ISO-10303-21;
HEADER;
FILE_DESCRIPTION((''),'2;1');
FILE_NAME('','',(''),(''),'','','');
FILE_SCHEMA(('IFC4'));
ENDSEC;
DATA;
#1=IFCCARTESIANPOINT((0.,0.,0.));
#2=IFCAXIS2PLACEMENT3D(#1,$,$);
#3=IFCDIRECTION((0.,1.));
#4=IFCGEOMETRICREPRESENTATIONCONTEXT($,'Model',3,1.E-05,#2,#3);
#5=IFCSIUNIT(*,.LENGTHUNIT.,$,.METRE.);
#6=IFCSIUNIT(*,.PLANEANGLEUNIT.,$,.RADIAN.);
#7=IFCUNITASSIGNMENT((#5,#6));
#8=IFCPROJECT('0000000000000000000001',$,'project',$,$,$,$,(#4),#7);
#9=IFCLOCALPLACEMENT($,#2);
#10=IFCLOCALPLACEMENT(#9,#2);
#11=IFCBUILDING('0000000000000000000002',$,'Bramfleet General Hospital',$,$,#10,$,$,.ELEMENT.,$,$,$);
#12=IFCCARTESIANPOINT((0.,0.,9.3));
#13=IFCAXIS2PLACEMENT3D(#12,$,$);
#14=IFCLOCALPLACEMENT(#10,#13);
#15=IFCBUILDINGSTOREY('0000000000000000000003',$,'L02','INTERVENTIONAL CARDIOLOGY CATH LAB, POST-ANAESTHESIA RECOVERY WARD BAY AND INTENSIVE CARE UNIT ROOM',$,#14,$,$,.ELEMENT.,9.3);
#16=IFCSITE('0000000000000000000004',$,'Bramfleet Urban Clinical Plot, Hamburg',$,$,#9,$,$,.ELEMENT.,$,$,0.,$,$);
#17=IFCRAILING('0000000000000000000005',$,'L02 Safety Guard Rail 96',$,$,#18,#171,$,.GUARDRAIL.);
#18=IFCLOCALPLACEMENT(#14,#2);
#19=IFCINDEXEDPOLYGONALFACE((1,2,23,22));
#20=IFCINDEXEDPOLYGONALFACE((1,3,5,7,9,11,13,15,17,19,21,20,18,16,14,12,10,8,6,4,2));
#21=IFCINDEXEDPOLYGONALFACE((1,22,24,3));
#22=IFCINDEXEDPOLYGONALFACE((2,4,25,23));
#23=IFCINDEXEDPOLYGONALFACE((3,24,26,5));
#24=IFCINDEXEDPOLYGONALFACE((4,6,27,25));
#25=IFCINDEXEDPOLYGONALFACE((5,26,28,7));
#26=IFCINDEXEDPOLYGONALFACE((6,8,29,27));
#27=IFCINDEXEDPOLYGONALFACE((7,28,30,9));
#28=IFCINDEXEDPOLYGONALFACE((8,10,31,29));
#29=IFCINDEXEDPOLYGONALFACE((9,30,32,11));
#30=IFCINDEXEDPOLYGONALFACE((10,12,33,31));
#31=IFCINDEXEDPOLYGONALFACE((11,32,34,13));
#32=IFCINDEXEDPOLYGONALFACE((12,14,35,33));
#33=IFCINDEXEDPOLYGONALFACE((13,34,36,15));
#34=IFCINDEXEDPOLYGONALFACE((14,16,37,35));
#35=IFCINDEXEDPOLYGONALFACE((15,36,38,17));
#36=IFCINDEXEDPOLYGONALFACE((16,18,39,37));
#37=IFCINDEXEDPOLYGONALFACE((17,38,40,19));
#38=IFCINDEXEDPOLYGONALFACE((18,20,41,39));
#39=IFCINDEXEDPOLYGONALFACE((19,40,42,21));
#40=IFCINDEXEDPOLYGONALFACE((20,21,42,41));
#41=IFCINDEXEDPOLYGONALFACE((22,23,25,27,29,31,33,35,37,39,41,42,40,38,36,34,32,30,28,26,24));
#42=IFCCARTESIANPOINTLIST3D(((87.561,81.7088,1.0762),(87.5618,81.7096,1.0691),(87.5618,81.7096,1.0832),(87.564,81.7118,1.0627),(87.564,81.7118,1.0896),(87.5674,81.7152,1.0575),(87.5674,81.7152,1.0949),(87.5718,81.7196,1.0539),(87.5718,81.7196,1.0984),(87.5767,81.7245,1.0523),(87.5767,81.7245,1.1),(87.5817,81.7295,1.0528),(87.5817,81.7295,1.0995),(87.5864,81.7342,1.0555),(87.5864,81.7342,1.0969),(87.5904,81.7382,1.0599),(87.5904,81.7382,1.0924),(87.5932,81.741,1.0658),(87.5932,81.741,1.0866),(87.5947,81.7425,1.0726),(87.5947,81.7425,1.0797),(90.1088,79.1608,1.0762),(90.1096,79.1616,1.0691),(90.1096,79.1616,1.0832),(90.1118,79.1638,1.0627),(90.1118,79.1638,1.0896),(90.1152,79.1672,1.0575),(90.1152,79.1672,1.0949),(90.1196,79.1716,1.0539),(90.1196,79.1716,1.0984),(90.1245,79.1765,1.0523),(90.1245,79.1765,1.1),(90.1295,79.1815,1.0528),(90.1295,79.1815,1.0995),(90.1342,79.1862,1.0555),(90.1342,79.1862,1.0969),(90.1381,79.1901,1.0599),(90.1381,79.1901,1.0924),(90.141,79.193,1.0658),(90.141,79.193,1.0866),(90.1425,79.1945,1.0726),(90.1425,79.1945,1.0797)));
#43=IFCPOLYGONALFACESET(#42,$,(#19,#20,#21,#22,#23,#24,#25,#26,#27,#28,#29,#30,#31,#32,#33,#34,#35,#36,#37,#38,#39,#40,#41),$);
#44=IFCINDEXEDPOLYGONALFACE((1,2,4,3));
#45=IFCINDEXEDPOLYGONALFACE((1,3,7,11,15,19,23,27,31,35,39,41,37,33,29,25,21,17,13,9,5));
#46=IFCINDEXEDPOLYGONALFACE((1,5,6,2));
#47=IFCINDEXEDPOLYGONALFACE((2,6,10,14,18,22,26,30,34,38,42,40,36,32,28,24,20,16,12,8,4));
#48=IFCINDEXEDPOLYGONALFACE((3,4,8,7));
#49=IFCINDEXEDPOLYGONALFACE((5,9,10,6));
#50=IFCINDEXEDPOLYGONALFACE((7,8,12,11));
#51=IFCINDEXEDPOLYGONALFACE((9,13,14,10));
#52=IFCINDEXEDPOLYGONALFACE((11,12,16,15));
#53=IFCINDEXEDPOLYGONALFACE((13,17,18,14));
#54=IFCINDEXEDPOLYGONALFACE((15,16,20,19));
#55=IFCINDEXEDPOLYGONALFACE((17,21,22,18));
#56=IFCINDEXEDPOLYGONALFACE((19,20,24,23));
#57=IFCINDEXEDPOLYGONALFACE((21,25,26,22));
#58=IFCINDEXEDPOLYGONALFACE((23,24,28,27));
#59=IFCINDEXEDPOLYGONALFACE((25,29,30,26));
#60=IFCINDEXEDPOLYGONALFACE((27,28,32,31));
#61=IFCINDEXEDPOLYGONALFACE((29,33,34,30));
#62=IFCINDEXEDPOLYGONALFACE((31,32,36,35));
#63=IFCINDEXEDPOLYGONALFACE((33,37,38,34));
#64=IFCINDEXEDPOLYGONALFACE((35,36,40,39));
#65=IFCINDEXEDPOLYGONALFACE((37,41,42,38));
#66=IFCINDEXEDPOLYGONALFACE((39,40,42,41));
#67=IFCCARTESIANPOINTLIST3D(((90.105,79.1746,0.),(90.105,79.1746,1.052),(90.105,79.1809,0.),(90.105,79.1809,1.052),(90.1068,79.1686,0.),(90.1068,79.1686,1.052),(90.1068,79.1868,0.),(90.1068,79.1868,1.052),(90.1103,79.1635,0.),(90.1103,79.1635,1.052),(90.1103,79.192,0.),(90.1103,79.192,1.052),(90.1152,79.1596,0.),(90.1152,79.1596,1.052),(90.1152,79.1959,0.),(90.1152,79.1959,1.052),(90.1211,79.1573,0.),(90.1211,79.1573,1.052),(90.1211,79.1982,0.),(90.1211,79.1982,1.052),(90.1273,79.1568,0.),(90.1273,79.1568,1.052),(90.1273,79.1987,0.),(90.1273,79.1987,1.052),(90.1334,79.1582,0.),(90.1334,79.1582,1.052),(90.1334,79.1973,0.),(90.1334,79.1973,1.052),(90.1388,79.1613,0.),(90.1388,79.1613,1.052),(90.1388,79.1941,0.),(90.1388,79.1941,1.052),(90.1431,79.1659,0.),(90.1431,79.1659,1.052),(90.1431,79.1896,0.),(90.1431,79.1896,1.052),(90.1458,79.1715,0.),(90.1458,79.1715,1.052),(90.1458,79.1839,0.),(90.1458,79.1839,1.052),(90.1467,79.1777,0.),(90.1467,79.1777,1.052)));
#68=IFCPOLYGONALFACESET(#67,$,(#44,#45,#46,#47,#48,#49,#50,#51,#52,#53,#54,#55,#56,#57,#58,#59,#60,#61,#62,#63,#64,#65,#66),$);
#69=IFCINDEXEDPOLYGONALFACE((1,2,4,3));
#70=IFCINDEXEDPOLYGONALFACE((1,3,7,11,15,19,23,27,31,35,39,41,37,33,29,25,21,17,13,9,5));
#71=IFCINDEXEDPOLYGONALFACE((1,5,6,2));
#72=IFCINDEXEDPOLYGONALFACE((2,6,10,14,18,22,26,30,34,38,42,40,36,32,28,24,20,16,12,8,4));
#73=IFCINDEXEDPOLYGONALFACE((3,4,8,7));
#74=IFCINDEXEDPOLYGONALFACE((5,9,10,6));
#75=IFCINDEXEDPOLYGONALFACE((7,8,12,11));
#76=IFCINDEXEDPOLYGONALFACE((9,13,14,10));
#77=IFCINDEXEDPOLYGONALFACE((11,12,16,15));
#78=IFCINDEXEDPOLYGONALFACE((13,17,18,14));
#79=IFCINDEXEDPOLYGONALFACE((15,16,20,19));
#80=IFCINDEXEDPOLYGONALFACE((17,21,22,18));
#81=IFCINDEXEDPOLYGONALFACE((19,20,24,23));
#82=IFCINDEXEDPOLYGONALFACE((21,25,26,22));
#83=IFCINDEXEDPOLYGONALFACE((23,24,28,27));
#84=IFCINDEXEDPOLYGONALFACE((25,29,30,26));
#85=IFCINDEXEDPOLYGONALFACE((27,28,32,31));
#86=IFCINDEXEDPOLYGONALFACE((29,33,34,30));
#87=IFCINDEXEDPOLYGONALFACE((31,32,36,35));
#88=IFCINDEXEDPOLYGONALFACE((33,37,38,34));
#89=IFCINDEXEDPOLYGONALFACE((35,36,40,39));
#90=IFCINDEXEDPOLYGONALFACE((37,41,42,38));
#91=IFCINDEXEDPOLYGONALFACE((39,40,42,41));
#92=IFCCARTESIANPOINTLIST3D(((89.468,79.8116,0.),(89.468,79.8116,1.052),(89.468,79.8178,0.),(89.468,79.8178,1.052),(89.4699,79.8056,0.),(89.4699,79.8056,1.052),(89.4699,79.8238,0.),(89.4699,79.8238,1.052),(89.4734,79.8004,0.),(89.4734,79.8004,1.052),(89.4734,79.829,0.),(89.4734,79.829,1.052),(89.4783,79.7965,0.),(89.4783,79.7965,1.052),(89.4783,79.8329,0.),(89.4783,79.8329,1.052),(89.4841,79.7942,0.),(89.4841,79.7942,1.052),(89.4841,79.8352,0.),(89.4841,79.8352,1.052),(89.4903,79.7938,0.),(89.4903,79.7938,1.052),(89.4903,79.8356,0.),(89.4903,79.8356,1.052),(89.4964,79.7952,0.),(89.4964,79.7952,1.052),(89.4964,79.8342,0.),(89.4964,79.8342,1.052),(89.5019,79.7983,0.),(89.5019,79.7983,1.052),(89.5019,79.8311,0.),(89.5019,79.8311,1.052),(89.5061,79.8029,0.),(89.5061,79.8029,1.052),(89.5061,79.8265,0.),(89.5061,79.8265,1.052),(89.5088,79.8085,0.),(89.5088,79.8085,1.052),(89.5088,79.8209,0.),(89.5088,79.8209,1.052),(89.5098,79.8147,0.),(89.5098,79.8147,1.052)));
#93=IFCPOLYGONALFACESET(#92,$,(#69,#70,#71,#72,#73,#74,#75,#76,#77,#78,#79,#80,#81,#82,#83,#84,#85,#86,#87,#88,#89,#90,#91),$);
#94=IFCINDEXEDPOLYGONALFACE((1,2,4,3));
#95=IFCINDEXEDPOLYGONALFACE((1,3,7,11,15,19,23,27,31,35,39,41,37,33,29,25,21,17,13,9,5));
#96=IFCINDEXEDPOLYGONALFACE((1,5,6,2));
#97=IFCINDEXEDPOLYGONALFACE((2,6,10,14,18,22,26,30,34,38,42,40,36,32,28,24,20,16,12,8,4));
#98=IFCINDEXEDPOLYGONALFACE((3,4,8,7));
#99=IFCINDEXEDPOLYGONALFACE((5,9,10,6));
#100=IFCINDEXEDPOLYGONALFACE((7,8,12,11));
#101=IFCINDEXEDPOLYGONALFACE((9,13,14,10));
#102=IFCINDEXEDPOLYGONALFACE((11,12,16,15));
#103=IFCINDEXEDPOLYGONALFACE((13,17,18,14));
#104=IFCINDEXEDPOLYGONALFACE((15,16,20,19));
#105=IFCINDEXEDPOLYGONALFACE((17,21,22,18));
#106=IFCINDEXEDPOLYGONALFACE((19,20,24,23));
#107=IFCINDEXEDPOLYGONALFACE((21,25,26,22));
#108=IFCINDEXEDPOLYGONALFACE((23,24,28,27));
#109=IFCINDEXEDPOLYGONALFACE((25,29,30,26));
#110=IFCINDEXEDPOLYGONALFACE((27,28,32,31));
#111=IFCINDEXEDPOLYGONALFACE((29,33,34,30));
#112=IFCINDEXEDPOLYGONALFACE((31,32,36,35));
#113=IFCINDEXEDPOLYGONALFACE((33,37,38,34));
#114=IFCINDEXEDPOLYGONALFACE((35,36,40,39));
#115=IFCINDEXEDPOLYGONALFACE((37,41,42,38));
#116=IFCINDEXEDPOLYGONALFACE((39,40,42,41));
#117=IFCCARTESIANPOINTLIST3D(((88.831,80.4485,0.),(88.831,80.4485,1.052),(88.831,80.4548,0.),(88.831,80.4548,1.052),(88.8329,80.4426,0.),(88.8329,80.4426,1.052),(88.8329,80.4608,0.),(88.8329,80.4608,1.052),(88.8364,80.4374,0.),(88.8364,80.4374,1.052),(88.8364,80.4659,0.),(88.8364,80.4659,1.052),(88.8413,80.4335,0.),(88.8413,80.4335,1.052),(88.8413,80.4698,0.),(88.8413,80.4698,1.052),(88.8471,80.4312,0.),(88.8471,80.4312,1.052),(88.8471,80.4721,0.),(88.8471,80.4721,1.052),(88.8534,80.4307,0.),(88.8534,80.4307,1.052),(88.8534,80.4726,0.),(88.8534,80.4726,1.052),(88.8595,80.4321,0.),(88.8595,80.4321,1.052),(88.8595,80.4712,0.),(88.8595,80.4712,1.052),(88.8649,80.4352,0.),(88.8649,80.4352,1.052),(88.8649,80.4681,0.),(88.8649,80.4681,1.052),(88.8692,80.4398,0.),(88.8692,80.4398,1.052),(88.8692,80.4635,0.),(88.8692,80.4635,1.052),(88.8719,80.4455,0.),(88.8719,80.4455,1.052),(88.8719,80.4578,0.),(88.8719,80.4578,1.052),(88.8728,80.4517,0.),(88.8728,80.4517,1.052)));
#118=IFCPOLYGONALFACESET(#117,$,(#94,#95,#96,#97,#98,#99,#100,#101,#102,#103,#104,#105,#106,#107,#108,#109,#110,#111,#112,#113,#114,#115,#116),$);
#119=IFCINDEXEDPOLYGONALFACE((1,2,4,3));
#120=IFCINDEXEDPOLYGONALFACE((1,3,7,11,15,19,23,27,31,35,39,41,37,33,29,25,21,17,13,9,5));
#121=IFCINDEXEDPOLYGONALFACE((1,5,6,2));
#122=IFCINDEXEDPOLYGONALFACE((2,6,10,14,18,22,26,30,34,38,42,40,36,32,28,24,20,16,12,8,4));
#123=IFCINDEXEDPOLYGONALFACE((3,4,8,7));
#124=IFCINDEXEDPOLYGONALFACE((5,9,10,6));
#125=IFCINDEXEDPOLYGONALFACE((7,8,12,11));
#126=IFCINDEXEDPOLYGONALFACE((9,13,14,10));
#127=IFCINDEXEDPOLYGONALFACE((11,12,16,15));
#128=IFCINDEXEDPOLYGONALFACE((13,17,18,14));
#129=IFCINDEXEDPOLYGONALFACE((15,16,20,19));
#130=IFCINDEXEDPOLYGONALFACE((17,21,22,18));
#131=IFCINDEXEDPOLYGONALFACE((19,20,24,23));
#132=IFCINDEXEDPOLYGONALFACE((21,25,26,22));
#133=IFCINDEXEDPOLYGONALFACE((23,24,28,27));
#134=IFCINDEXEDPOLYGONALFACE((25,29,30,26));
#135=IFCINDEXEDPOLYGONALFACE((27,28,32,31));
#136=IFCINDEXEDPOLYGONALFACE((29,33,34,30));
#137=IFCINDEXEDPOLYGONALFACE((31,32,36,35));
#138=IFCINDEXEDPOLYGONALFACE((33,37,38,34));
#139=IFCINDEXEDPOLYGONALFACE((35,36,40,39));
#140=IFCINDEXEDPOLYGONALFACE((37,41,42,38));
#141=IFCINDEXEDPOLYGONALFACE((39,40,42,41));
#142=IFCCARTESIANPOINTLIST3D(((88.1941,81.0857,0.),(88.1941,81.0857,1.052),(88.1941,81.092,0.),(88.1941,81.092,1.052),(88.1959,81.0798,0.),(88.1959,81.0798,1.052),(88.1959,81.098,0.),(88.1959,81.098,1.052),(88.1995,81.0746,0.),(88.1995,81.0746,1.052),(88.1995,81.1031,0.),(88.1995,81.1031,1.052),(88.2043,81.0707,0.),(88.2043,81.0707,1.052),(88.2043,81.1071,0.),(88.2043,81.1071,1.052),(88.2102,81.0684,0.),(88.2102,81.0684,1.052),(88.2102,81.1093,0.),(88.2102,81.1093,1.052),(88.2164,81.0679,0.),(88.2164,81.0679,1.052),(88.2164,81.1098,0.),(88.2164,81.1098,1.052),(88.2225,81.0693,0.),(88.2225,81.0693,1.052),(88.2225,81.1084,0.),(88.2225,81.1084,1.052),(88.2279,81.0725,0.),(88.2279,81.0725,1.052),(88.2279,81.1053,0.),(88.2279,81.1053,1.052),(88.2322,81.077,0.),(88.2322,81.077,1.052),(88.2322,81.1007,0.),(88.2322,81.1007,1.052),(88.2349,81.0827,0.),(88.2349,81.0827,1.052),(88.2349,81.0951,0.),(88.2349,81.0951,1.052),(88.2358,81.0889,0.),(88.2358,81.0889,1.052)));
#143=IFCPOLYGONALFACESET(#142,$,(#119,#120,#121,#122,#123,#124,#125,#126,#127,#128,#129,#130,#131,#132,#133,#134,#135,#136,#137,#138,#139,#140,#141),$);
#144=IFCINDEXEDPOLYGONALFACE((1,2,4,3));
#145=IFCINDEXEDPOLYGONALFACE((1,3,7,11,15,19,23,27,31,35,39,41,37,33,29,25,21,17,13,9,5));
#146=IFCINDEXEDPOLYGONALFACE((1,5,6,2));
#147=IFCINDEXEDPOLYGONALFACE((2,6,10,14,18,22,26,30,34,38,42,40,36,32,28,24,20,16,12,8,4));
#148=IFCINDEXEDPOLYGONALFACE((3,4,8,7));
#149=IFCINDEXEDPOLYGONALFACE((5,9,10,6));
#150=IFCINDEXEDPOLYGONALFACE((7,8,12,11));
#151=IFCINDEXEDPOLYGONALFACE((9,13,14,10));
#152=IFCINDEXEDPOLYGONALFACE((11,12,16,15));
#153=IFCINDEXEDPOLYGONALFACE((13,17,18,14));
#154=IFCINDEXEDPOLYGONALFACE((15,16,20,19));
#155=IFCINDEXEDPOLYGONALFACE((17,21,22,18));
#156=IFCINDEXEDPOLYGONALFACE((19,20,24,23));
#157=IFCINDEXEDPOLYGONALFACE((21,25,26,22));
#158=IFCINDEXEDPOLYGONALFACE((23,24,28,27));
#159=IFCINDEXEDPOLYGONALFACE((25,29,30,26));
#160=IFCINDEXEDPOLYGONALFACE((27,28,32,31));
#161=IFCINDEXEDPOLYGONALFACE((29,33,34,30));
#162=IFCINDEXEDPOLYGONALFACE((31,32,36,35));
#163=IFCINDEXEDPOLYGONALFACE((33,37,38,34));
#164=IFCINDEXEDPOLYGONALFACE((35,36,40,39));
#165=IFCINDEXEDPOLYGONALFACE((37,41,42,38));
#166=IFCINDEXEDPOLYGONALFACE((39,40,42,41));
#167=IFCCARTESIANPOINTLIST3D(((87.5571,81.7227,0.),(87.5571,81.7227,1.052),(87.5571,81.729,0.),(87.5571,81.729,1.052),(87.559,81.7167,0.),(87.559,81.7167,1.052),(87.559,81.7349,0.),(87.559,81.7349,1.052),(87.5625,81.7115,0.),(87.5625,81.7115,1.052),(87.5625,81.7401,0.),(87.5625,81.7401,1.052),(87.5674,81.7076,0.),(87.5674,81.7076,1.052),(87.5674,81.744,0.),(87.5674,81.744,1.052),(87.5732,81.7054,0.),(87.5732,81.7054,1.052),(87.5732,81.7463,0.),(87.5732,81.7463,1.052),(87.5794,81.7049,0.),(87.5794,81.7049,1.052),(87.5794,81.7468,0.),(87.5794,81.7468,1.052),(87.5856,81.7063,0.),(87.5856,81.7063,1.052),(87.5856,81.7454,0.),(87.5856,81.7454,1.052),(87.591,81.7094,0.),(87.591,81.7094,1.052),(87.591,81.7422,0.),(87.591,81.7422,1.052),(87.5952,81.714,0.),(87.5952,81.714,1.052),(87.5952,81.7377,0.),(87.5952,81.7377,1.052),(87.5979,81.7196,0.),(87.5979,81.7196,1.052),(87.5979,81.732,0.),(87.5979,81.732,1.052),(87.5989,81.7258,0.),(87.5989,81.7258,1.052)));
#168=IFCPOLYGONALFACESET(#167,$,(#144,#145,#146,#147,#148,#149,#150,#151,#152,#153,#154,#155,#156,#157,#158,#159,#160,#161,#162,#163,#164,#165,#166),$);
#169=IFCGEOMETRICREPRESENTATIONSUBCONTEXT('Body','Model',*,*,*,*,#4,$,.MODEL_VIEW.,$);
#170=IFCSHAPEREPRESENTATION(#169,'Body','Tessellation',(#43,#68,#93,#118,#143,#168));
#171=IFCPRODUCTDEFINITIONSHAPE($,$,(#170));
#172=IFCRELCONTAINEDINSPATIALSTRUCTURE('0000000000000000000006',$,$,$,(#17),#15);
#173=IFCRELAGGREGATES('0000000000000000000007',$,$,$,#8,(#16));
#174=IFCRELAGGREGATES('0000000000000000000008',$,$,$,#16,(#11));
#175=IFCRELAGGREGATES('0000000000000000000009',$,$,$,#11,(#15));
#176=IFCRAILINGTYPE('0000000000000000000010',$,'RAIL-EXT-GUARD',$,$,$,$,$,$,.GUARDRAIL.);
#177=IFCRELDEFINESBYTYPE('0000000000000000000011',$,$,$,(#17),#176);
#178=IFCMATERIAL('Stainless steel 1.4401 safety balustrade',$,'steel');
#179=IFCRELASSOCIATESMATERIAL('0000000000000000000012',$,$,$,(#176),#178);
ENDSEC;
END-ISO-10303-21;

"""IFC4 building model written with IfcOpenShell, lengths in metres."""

from ifc_helpers import new_model, si_unit, direction, frame, origin, origin_2d, place, context, subcontext, project, spatial, circle, extrude, material, type_object, element, save


model = new_model("IFC4")

# Units and contexts
model_context = context("Model", 3, precision=1e-05, world=origin(), true_north=direction((0.0, 1.0)))
body_context = subcontext(model_context, "Body", "Model", "MODEL_VIEW")
ifc_project = project(units=[si_unit("LENGTHUNIT", "METRE"), si_unit("PLANEANGLEUNIT", "RADIAN")], contexts=[model_context])

# Site, building, storey
site_placement = place(None, origin())
site = spatial("IfcSite", under=ifc_project, at=site_placement, Name="Bramfleet Urban Clinical Plot, Hamburg", CompositionType="ELEMENT", RefElevation=0.0)
building_placement = place(site_placement, origin())
building = spatial("IfcBuilding", under=site, at=building_placement, Name="Bramfleet General Hospital", CompositionType="ELEMENT")
storey_placement = place(building_placement, frame((0.0, 0.0, 9.3)))
storey = spatial("IfcBuildingStorey", under=building, at=storey_placement, Name="L02", Description="INTERVENTIONAL CARDIOLOGY CATH LAB, POST-ANAESTHESIA RECOVERY WARD BAY AND INTENSIVE CARE UNIT ROOM", CompositionType="ELEMENT", Elevation=9.3)

# Railing
ifc_material_1 = material(Name="Stainless steel 1.4401 safety balustrade", Category="steel")
railing_type = type_object("IfcRailingType", Name="RAIL-EXT-GUARD", PredefinedType="GUARDRAIL", material=ifc_material_1)
railing_placement = place(storey_placement, frame((90.1257, 79.1777, 0.0)))
element("IfcRailing", 1, at=railing_placement, inside=storey, type_object=railing_type, Name="L02 Safety Guard Rail 96", PredefinedType="GUARDRAIL", context=body_context, shape_type="SweptSolid", body=[
    extrude(circle(Radius=0.0239, at=origin_2d()), frame((0.0, 0.0, 1.0762), z_axis=(-0.707073, 0.707141, 0.0), x_axis=(-0.707141, -0.707073, 0.0)), (0.0, 0.0, 1.0), 3.6033),
    extrude(circle(Radius=0.021, at=origin_2d()), origin(), (0.0, 0.0, 1.0), 1.052),
    extrude(circle(Radius=0.021, at=origin_2d()), frame((-0.637, 0.637, 0.0)), (0.0, 0.0, 1.0), 1.052),
    extrude(circle(Radius=0.021, at=origin_2d()), frame((-1.2739, 1.2739, 0.0)), (0.0, 0.0, 1.0), 1.052),
    extrude(circle(Radius=0.021, at=origin_2d()), frame((-1.9109, 1.9111, 0.0)), (0.0, 0.0, 1.0), 1.052),
    extrude(circle(Radius=0.021, at=origin_2d()), frame((-2.5479, 2.5481, 0.0)), (0.0, 0.0, 1.0), 1.052),
])

save(model, "model.ifc")
